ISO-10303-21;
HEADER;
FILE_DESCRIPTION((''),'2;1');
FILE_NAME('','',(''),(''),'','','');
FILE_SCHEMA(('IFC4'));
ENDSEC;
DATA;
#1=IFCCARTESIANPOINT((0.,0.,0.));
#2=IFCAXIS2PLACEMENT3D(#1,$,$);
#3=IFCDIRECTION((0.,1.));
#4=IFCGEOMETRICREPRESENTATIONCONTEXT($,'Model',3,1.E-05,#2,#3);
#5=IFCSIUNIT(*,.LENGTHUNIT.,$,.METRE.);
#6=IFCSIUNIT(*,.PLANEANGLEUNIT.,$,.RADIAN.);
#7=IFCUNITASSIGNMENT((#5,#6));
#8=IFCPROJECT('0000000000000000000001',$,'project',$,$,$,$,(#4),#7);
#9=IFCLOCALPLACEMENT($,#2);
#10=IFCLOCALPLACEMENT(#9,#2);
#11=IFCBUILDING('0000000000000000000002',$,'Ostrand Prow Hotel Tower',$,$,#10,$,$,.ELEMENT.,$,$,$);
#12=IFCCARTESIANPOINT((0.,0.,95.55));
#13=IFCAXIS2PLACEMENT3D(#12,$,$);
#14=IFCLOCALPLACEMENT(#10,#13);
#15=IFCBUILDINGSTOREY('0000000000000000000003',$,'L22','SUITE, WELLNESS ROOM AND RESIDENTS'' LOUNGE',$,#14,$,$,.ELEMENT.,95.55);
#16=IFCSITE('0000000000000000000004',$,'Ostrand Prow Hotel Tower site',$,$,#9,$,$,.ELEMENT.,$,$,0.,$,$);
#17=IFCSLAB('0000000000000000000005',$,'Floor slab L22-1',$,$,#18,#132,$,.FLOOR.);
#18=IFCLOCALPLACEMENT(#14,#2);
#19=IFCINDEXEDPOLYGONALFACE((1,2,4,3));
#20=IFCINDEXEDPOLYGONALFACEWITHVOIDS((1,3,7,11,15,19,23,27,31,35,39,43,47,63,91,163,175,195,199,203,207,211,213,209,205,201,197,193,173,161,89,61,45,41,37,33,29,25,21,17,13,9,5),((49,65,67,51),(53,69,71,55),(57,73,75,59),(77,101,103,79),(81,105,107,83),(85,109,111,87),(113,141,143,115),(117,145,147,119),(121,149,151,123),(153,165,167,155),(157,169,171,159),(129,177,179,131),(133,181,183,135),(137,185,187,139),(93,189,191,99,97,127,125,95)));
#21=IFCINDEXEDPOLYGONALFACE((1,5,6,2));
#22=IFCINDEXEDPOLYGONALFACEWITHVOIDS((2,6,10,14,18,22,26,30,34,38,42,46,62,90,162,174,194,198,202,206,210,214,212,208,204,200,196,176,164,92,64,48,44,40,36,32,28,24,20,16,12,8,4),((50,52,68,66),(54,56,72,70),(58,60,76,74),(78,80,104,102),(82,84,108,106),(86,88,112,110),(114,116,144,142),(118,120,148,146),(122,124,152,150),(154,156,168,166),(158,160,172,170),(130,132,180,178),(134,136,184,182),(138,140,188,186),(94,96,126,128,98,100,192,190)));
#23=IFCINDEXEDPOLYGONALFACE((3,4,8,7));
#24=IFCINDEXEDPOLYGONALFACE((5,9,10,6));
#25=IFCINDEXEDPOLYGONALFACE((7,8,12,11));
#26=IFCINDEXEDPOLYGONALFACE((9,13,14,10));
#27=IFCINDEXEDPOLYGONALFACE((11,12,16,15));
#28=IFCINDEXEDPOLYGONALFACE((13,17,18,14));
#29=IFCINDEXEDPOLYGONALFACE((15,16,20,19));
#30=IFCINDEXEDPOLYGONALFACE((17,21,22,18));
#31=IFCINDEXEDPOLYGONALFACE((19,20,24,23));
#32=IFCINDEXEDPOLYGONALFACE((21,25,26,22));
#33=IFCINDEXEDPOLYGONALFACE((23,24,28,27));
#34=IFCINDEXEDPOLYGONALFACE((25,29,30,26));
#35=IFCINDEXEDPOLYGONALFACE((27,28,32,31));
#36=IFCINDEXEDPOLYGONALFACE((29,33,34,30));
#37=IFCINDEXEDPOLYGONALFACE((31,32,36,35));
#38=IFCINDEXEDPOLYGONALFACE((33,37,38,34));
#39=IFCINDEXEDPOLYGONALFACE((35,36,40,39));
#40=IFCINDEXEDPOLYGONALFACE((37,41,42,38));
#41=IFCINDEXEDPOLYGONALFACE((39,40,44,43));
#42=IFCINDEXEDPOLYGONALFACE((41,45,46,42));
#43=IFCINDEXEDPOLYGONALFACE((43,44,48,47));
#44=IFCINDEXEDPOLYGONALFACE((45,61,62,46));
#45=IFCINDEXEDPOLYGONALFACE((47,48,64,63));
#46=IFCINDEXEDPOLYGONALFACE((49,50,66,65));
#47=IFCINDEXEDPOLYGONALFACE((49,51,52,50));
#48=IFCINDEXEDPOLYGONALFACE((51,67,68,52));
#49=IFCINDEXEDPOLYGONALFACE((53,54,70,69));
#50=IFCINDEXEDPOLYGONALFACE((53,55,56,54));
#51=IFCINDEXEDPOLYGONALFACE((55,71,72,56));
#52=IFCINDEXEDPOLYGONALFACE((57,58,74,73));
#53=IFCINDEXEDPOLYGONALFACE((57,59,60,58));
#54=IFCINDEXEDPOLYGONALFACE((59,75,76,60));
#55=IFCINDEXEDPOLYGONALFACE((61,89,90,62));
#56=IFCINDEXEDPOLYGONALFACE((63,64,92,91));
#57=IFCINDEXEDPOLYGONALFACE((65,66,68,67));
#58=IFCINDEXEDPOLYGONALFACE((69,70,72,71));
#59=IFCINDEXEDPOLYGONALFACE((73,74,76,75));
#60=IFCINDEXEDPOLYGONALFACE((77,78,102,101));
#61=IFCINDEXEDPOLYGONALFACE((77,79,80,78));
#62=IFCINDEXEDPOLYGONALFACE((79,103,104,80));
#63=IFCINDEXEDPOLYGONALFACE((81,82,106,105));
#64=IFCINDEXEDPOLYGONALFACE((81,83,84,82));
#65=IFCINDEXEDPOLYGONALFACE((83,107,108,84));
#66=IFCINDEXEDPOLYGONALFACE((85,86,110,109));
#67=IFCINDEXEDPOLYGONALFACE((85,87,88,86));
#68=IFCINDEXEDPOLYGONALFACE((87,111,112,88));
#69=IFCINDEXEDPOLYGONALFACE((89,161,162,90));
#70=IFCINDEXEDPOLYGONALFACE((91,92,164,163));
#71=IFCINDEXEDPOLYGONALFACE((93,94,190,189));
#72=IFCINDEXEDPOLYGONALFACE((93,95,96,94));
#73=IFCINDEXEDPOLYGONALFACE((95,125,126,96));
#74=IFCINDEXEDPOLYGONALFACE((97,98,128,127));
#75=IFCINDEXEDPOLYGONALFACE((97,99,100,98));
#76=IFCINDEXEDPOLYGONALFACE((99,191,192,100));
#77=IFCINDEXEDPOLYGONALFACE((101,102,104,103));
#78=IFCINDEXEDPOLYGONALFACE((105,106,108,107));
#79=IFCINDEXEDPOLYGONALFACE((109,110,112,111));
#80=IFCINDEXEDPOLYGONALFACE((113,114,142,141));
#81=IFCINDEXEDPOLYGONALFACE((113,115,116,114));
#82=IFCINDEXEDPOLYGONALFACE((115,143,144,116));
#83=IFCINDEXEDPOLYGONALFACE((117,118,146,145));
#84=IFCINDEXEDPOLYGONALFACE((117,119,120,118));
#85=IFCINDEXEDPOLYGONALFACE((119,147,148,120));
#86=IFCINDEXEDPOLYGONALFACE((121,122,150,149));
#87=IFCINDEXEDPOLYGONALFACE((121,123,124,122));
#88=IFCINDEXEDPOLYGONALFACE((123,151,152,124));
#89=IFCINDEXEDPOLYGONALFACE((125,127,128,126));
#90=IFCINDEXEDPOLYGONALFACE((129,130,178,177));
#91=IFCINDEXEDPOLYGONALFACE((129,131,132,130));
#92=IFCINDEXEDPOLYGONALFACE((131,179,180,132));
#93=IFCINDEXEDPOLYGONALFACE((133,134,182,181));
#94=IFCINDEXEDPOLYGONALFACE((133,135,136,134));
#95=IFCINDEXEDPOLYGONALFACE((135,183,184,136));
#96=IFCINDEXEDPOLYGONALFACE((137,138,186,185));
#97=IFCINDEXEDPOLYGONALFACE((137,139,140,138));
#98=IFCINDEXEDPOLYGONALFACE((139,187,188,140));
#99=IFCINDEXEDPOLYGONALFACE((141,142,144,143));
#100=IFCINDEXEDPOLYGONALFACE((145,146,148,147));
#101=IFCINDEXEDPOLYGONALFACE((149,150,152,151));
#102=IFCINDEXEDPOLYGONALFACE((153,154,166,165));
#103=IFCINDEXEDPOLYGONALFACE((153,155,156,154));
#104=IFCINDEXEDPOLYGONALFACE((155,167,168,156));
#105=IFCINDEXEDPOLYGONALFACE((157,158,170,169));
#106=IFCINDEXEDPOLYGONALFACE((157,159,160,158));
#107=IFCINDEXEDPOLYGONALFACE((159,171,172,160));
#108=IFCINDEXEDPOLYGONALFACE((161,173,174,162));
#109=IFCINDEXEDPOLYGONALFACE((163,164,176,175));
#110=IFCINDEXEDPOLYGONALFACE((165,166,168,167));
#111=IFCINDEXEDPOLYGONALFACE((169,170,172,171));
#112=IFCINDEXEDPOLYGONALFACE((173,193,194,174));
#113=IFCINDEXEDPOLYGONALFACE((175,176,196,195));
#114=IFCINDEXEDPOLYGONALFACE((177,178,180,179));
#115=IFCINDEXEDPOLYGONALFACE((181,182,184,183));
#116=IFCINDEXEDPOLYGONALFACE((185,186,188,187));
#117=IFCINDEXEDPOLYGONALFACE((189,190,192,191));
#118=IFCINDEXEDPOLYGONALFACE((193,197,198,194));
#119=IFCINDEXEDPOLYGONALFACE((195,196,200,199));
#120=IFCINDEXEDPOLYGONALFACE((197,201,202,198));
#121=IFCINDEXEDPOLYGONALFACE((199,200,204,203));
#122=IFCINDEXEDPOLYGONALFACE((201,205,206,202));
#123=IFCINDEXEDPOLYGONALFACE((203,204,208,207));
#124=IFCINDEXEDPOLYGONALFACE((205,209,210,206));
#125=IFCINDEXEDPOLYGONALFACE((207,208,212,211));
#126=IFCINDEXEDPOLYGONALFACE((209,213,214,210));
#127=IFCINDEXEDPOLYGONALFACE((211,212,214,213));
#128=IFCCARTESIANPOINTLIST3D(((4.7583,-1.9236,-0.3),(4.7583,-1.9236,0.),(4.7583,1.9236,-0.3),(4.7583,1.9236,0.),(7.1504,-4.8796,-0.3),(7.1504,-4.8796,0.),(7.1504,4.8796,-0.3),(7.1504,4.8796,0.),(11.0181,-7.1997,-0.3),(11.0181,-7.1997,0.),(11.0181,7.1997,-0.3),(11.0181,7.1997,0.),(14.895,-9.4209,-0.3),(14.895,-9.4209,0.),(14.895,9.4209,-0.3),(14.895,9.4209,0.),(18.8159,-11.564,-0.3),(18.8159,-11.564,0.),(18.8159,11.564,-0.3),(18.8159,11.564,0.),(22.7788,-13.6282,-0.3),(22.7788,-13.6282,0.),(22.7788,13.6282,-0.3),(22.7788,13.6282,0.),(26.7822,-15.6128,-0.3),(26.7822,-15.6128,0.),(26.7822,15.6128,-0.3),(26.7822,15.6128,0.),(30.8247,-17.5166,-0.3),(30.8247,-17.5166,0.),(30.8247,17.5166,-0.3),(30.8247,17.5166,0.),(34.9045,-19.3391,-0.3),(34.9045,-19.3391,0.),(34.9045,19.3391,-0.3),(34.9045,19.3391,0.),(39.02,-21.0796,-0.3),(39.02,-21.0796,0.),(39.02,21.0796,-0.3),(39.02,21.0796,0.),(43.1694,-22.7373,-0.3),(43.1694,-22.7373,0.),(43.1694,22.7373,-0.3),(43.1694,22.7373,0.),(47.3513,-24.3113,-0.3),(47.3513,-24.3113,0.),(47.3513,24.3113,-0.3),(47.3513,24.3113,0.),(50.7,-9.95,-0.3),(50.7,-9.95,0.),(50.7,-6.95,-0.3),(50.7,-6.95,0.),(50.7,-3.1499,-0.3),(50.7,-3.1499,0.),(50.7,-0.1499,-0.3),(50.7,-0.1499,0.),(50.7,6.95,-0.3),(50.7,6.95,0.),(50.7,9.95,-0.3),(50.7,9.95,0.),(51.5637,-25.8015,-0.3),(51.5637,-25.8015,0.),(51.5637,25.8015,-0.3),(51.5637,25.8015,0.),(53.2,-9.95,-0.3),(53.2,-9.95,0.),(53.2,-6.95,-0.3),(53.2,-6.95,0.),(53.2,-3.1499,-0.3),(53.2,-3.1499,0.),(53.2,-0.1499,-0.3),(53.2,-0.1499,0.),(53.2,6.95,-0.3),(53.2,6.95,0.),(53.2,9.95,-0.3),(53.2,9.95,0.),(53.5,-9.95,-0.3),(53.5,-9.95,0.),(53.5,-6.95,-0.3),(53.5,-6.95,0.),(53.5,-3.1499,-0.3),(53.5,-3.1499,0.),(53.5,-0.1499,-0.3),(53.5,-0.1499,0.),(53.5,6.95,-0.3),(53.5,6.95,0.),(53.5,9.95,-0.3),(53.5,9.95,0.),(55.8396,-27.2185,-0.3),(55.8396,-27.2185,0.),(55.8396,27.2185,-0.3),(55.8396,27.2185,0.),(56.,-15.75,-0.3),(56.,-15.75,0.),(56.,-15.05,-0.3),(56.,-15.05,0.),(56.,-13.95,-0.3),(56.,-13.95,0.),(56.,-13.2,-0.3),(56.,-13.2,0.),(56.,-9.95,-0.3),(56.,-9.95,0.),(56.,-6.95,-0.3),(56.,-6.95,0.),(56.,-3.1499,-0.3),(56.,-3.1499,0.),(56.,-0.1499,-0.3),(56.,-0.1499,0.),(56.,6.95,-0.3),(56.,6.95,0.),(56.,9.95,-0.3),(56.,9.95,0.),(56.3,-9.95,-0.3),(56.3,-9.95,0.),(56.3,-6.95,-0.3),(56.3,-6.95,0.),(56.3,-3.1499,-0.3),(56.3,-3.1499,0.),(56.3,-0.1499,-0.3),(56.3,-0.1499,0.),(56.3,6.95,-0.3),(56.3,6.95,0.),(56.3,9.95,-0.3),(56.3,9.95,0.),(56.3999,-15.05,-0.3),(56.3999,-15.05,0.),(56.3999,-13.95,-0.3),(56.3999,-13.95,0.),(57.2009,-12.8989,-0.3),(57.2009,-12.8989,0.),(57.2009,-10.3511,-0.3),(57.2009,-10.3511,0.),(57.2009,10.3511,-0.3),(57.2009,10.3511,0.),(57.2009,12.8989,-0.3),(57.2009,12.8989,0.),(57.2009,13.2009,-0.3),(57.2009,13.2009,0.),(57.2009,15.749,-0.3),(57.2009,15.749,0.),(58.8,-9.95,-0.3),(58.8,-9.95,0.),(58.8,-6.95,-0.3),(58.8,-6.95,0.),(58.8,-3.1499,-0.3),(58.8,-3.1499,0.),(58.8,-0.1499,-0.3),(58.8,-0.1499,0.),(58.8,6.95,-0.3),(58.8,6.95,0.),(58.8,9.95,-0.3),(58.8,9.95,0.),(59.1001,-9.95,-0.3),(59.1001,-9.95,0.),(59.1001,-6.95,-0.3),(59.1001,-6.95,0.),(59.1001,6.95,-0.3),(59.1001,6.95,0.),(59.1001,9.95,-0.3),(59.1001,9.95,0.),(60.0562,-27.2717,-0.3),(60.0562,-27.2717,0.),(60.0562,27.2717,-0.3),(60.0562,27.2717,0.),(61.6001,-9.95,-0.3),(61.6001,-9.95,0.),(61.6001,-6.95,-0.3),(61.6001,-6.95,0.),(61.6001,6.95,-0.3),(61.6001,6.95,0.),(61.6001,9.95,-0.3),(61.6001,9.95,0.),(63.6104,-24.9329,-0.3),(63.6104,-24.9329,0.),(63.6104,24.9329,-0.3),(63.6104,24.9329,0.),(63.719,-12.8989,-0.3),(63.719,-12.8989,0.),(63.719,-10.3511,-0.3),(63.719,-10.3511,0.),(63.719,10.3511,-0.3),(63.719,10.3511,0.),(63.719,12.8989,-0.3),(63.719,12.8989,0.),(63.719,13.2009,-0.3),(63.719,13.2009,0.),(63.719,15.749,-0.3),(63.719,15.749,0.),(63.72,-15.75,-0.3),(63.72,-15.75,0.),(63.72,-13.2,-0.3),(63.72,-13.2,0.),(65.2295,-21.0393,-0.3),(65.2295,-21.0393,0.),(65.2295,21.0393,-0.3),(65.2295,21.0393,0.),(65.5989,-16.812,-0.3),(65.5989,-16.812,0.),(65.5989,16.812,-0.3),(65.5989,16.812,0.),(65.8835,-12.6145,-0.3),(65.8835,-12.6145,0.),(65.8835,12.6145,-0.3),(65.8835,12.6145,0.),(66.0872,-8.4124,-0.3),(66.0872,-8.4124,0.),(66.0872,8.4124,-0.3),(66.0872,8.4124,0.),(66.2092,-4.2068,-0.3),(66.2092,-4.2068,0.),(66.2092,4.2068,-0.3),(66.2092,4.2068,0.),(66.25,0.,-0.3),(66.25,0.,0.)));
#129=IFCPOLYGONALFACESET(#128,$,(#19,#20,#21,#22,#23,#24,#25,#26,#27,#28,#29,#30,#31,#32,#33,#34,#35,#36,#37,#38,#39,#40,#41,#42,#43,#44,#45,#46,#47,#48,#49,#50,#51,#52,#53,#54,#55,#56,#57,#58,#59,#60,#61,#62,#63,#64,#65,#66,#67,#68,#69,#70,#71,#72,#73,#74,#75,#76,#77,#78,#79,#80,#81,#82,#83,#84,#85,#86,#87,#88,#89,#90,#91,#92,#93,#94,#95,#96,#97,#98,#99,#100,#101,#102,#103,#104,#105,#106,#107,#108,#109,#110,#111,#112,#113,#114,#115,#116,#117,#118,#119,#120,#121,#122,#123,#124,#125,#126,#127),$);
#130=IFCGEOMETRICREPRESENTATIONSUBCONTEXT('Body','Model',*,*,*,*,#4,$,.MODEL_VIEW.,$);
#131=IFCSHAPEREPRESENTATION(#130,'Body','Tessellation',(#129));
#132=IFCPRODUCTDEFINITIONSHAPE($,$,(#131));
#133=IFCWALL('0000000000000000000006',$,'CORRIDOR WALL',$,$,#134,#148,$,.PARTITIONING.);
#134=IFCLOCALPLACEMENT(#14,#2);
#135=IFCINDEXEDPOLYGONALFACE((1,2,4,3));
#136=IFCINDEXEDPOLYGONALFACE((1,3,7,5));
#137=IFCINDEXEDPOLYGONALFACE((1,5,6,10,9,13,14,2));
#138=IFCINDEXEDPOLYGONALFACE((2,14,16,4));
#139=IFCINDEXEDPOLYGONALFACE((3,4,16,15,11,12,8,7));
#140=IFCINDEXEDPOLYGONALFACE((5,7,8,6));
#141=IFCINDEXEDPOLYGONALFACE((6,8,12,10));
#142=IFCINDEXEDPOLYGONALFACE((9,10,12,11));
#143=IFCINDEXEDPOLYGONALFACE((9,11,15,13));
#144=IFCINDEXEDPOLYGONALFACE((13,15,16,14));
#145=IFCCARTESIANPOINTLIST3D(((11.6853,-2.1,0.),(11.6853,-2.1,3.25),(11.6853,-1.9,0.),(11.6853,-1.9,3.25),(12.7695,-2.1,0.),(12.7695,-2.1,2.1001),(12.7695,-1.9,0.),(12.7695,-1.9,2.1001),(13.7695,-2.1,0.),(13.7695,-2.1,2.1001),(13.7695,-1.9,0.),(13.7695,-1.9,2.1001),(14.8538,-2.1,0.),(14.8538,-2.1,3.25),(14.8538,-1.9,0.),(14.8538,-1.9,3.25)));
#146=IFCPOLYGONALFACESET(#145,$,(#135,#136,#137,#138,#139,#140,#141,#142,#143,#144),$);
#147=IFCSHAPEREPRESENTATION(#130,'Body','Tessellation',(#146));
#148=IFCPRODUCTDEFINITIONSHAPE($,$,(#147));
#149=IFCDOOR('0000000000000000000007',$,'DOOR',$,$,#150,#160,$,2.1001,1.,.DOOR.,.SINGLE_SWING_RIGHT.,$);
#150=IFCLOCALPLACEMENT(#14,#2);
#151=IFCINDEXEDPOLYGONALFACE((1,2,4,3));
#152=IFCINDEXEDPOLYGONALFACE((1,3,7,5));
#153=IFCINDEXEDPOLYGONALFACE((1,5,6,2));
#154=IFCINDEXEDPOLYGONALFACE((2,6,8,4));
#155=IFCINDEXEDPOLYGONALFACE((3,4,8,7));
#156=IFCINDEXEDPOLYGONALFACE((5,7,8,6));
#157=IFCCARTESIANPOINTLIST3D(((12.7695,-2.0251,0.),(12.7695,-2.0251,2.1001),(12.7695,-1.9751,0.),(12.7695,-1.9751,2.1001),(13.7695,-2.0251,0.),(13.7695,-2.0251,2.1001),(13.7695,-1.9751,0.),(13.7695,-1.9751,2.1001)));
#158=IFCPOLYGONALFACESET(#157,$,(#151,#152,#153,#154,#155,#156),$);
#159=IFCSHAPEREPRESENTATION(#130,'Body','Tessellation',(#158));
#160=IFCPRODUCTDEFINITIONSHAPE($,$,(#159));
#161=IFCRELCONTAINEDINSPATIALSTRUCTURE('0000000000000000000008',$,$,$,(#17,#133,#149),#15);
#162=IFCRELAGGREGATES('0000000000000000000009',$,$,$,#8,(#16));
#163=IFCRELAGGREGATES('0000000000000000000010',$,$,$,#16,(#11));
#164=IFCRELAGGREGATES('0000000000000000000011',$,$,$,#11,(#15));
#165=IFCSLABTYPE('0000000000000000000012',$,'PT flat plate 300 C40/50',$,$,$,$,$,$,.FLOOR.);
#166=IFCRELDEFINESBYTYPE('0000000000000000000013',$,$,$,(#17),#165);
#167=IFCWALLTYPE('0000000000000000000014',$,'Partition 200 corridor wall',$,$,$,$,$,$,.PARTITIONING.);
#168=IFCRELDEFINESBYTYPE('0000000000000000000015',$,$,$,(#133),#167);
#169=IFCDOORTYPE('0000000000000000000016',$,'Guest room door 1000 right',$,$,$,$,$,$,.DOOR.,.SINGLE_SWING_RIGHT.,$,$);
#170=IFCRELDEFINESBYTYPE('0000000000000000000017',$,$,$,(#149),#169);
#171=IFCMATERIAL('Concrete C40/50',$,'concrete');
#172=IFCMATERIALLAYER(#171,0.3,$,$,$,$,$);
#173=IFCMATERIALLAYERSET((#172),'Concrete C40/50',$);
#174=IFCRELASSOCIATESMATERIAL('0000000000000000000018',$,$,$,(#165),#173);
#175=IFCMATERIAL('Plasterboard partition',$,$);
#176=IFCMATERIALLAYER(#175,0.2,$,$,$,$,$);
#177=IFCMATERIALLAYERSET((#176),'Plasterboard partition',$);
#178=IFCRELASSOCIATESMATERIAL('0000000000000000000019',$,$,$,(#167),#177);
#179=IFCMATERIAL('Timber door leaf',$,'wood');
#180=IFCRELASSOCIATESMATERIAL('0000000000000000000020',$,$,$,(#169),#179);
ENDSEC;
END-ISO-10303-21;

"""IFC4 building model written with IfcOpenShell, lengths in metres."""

from ifc_helpers import new_model, si_unit, direction, frame, frame_2d, origin, place, context, subcontext, project, spatial, polyline, rectangle, outline, extrude, material, layer, layer_set, type_object, element, fill, save


model = new_model("IFC4")

# Units and contexts
model_context = context("Model", 3, precision=1e-05, world=origin(), true_north=direction((0.0, 1.0)))
body_context = subcontext(model_context, "Body", "Model", "MODEL_VIEW")
ifc_project = project(units=[si_unit("LENGTHUNIT", "METRE"), si_unit("PLANEANGLEUNIT", "RADIAN")], contexts=[model_context])

# Site, building, storey
site_placement = place(None, origin())
site = spatial("IfcSite", under=ifc_project, at=site_placement, Name="Ostrand Prow Hotel Tower site", CompositionType="ELEMENT", RefElevation=0.0)
building_placement = place(site_placement, origin())
building = spatial("IfcBuilding", under=site, at=building_placement, Name="Ostrand Prow Hotel Tower", CompositionType="ELEMENT")
storey_placement = place(building_placement, frame((0.0, 0.0, 95.55)))
storey = spatial("IfcBuildingStorey", under=building, at=storey_placement, Name="L22", Description="SUITE, WELLNESS ROOM AND RESIDENTS' LOUNGE", CompositionType="ELEMENT", Elevation=95.55)

# Slab, opening
ifc_material_1 = material(Name="Concrete C40/50", Category="concrete")
ifc_layer_1 = layer(ifc_material_1, 0.3)
ifc_layer_set_1 = layer_set([ifc_layer_1], Name="Concrete C40/50")
slab_type = type_object("IfcSlabType", Name="PT flat plate 300 C40/50", PredefinedType="FLOOR", material=ifc_layer_set_1)
slab_placement = place(storey_placement, frame((0.0, 0.0, -0.3)))
slab = element("IfcSlab", 1, at=slab_placement, inside=storey, type_object=slab_type, Name="Floor slab L22-1", PredefinedType="FLOOR", context=body_context, shape_type="SweptSolid", body=[
    extrude(outline(polyline([(7.1504, 4.8796), (11.0181, 7.1997), (14.895, 9.4209), (18.8159, 11.564), (22.7788, 13.6282), (26.7822, 15.6128), (30.8247, 17.5166), (34.9045, 19.3391), (39.02, 21.0796), (43.1694, 22.7373), (47.3513, 24.3113), (51.5637, 25.8015), (55.8396, 27.2185), (60.0562, 27.2717), (63.6104, 24.9329), (65.2295, 21.0393), (65.5989, 16.812), (65.8835, 12.6145), (66.0872, 8.4124), (66.2092, 4.2068), (66.25, 0.0), (66.2092, -4.2068), (66.0872, -8.4124), (65.8835, -12.6145), (65.5989, -16.812), (65.2295, -21.0393), (63.6104, -24.9329), (60.0562, -27.2717), (55.8396, -27.2185), (51.5637, -25.8015), (47.3513, -24.3113), (43.1694, -22.7373), (39.02, -21.0796), (34.9045, -19.3391), (30.8247, -17.5166), (26.7822, -15.6128), (22.7788, -13.6282), (18.8159, -11.564), (14.895, -9.4209), (11.0181, -7.1997), (7.1504, -4.8796), (4.7583, -1.9236), (4.7583, 1.9236), (7.1504, 4.8796)]), holes=[polyline([(50.7, 6.95), (53.2, 6.95), (53.2, 9.95), (50.7, 9.95), (50.7, 6.95)]), polyline([(53.5, 6.95), (56.0, 6.95), (56.0, 9.95), (53.5, 9.95), (53.5, 6.95)]), polyline([(56.3, 6.95), (58.8, 6.95), (58.8, 9.95), (56.3, 9.95), (56.3, 6.95)]), polyline([(59.1001, 6.95), (61.6001, 6.95), (61.6001, 9.95), (59.1001, 9.95), (59.1001, 6.95)]), polyline([(50.7, -3.1499), (53.2, -3.1499), (53.2, -0.1499), (50.7, -0.1499), (50.7, -3.1499)]), polyline([(53.5, -3.1499), (56.0, -3.1499), (56.0, -0.1499), (53.5, -0.1499), (53.5, -3.1499)]), polyline([(56.3, -3.1499), (58.8, -3.1499), (58.8, -0.1499), (56.3, -0.1499), (56.3, -3.1499)]), polyline([(50.7, -9.95), (53.2, -9.95), (53.2, -6.95), (50.7, -6.95), (50.7, -9.95)]), polyline([(53.5, -9.95), (56.0, -9.95), (56.0, -6.95), (53.5, -6.95), (53.5, -9.95)]), polyline([(56.3, -9.95), (58.8, -9.95), (58.8, -6.95), (56.3, -6.95), (56.3, -9.95)]), polyline([(59.1001, -9.95), (61.6001, -9.95), (61.6001, -6.95), (59.1001, -6.95), (59.1001, -9.95)]), polyline([(57.2009, 10.3511), (57.2009, 12.8989), (63.719, 12.8989), (63.719, 10.3511), (57.2009, 10.3511)]), polyline([(57.2009, 13.2009), (57.2009, 15.749), (63.719, 15.749), (63.719, 13.2009), (57.2009, 13.2009)]), polyline([(57.2009, -12.8989), (57.2009, -10.3511), (63.719, -10.3511), (63.719, -12.8989), (57.2009, -12.8989)]), polyline([(56.0, -13.2), (63.72, -13.2), (63.72, -15.75), (56.0, -15.75), (56.0, -15.05), (56.3999, -15.05), (56.3999, -13.95), (56.0, -13.95), (56.0, -13.2)])]), origin(), (0.0, 0.0, 1.0), 0.3),
])
opening_1_placement = place(slab_placement, origin())
element("IfcOpeningElement", 2, at=opening_1_placement, cuts=slab, PredefinedType="OPENING", context=body_context, shape_type="SweptSolid", body=[
    extrude(outline(polyline([(56.0, -13.2), (63.72, -13.2), (63.72, -15.75), (56.0, -15.75), (56.0, -15.05), (56.3999, -15.05), (56.3999, -13.95), (56.0, -13.95), (56.0, -13.2)])), origin(), (0.0, 0.0, 1.0), 0.3),
])

# Wall, opening, door
ifc_material_2 = material(Name="Plasterboard partition")
ifc_layer_2 = layer(ifc_material_2, 0.2)
ifc_layer_set_2 = layer_set([ifc_layer_2], Name="Plasterboard partition")
wall_type_1 = type_object("IfcWallType", Name="Partition 200 corridor wall", PredefinedType="PARTITIONING", material=ifc_layer_set_2)
wall_1_placement = place(storey_placement, frame((11.6853, -2.0, 0.0), z_axis=(0.0, 0.0, 1.0), x_axis=(1.0, 0.0, 0.0)))
wall_1 = element("IfcWall", 3, at=wall_1_placement, inside=storey, type_object=wall_type_1, Name="CORRIDOR WALL", PredefinedType="PARTITIONING", context=body_context, shape_type="SweptSolid", body=[
    extrude(rectangle(XDim=3.1685, YDim=0.2, at=frame_2d((1.5842, 0.0))), origin(), (0.0, 0.0, 1.0), 3.25),
])
opening_2_placement = place(wall_1_placement, frame((1.0842, 0.0, 0.0)))
opening_2 = element("IfcOpeningElement", 4, at=opening_2_placement, cuts=wall_1, PredefinedType="OPENING", context=body_context, shape_type="SweptSolid", body=[
    extrude(rectangle(XDim=1.0, YDim=2.1001, at=frame_2d((0.5, 1.05))), frame((0.0, 0.1099, 0.0), z_axis=(0.0, -1.0, 0.0), x_axis=(1.0, 0.0, 0.0)), (0.0, 0.0, 1.0), 0.22),
])
ifc_material_3 = material(Name="Timber door leaf", Category="wood")
door_type_1 = type_object("IfcDoorType", Name="Guest room door 1000 right", OperationType="SINGLE_SWING_RIGHT", PredefinedType="DOOR", material=ifc_material_3)
door_1_placement = place(opening_2_placement, origin())
door_1 = element("IfcDoor", 5, at=door_1_placement, inside=storey, type_object=door_type_1, Name="DOOR", OperationType="SINGLE_SWING_RIGHT", OverallHeight=2.1001, OverallWidth=1.0, PredefinedType="DOOR", context=body_context, shape_type="SweptSolid", body=[
    extrude(rectangle(XDim=1.0, YDim=2.1001, at=frame_2d((0.5, 1.05))), frame((0.0, 0.0249, 0.0), z_axis=(0.0, -1.0, 0.0), x_axis=(1.0, 0.0, 0.0)), (0.0, 0.0, 1.0), 0.05),
])
fill(opening_2, door_1)

save(model, "model.ifc")
